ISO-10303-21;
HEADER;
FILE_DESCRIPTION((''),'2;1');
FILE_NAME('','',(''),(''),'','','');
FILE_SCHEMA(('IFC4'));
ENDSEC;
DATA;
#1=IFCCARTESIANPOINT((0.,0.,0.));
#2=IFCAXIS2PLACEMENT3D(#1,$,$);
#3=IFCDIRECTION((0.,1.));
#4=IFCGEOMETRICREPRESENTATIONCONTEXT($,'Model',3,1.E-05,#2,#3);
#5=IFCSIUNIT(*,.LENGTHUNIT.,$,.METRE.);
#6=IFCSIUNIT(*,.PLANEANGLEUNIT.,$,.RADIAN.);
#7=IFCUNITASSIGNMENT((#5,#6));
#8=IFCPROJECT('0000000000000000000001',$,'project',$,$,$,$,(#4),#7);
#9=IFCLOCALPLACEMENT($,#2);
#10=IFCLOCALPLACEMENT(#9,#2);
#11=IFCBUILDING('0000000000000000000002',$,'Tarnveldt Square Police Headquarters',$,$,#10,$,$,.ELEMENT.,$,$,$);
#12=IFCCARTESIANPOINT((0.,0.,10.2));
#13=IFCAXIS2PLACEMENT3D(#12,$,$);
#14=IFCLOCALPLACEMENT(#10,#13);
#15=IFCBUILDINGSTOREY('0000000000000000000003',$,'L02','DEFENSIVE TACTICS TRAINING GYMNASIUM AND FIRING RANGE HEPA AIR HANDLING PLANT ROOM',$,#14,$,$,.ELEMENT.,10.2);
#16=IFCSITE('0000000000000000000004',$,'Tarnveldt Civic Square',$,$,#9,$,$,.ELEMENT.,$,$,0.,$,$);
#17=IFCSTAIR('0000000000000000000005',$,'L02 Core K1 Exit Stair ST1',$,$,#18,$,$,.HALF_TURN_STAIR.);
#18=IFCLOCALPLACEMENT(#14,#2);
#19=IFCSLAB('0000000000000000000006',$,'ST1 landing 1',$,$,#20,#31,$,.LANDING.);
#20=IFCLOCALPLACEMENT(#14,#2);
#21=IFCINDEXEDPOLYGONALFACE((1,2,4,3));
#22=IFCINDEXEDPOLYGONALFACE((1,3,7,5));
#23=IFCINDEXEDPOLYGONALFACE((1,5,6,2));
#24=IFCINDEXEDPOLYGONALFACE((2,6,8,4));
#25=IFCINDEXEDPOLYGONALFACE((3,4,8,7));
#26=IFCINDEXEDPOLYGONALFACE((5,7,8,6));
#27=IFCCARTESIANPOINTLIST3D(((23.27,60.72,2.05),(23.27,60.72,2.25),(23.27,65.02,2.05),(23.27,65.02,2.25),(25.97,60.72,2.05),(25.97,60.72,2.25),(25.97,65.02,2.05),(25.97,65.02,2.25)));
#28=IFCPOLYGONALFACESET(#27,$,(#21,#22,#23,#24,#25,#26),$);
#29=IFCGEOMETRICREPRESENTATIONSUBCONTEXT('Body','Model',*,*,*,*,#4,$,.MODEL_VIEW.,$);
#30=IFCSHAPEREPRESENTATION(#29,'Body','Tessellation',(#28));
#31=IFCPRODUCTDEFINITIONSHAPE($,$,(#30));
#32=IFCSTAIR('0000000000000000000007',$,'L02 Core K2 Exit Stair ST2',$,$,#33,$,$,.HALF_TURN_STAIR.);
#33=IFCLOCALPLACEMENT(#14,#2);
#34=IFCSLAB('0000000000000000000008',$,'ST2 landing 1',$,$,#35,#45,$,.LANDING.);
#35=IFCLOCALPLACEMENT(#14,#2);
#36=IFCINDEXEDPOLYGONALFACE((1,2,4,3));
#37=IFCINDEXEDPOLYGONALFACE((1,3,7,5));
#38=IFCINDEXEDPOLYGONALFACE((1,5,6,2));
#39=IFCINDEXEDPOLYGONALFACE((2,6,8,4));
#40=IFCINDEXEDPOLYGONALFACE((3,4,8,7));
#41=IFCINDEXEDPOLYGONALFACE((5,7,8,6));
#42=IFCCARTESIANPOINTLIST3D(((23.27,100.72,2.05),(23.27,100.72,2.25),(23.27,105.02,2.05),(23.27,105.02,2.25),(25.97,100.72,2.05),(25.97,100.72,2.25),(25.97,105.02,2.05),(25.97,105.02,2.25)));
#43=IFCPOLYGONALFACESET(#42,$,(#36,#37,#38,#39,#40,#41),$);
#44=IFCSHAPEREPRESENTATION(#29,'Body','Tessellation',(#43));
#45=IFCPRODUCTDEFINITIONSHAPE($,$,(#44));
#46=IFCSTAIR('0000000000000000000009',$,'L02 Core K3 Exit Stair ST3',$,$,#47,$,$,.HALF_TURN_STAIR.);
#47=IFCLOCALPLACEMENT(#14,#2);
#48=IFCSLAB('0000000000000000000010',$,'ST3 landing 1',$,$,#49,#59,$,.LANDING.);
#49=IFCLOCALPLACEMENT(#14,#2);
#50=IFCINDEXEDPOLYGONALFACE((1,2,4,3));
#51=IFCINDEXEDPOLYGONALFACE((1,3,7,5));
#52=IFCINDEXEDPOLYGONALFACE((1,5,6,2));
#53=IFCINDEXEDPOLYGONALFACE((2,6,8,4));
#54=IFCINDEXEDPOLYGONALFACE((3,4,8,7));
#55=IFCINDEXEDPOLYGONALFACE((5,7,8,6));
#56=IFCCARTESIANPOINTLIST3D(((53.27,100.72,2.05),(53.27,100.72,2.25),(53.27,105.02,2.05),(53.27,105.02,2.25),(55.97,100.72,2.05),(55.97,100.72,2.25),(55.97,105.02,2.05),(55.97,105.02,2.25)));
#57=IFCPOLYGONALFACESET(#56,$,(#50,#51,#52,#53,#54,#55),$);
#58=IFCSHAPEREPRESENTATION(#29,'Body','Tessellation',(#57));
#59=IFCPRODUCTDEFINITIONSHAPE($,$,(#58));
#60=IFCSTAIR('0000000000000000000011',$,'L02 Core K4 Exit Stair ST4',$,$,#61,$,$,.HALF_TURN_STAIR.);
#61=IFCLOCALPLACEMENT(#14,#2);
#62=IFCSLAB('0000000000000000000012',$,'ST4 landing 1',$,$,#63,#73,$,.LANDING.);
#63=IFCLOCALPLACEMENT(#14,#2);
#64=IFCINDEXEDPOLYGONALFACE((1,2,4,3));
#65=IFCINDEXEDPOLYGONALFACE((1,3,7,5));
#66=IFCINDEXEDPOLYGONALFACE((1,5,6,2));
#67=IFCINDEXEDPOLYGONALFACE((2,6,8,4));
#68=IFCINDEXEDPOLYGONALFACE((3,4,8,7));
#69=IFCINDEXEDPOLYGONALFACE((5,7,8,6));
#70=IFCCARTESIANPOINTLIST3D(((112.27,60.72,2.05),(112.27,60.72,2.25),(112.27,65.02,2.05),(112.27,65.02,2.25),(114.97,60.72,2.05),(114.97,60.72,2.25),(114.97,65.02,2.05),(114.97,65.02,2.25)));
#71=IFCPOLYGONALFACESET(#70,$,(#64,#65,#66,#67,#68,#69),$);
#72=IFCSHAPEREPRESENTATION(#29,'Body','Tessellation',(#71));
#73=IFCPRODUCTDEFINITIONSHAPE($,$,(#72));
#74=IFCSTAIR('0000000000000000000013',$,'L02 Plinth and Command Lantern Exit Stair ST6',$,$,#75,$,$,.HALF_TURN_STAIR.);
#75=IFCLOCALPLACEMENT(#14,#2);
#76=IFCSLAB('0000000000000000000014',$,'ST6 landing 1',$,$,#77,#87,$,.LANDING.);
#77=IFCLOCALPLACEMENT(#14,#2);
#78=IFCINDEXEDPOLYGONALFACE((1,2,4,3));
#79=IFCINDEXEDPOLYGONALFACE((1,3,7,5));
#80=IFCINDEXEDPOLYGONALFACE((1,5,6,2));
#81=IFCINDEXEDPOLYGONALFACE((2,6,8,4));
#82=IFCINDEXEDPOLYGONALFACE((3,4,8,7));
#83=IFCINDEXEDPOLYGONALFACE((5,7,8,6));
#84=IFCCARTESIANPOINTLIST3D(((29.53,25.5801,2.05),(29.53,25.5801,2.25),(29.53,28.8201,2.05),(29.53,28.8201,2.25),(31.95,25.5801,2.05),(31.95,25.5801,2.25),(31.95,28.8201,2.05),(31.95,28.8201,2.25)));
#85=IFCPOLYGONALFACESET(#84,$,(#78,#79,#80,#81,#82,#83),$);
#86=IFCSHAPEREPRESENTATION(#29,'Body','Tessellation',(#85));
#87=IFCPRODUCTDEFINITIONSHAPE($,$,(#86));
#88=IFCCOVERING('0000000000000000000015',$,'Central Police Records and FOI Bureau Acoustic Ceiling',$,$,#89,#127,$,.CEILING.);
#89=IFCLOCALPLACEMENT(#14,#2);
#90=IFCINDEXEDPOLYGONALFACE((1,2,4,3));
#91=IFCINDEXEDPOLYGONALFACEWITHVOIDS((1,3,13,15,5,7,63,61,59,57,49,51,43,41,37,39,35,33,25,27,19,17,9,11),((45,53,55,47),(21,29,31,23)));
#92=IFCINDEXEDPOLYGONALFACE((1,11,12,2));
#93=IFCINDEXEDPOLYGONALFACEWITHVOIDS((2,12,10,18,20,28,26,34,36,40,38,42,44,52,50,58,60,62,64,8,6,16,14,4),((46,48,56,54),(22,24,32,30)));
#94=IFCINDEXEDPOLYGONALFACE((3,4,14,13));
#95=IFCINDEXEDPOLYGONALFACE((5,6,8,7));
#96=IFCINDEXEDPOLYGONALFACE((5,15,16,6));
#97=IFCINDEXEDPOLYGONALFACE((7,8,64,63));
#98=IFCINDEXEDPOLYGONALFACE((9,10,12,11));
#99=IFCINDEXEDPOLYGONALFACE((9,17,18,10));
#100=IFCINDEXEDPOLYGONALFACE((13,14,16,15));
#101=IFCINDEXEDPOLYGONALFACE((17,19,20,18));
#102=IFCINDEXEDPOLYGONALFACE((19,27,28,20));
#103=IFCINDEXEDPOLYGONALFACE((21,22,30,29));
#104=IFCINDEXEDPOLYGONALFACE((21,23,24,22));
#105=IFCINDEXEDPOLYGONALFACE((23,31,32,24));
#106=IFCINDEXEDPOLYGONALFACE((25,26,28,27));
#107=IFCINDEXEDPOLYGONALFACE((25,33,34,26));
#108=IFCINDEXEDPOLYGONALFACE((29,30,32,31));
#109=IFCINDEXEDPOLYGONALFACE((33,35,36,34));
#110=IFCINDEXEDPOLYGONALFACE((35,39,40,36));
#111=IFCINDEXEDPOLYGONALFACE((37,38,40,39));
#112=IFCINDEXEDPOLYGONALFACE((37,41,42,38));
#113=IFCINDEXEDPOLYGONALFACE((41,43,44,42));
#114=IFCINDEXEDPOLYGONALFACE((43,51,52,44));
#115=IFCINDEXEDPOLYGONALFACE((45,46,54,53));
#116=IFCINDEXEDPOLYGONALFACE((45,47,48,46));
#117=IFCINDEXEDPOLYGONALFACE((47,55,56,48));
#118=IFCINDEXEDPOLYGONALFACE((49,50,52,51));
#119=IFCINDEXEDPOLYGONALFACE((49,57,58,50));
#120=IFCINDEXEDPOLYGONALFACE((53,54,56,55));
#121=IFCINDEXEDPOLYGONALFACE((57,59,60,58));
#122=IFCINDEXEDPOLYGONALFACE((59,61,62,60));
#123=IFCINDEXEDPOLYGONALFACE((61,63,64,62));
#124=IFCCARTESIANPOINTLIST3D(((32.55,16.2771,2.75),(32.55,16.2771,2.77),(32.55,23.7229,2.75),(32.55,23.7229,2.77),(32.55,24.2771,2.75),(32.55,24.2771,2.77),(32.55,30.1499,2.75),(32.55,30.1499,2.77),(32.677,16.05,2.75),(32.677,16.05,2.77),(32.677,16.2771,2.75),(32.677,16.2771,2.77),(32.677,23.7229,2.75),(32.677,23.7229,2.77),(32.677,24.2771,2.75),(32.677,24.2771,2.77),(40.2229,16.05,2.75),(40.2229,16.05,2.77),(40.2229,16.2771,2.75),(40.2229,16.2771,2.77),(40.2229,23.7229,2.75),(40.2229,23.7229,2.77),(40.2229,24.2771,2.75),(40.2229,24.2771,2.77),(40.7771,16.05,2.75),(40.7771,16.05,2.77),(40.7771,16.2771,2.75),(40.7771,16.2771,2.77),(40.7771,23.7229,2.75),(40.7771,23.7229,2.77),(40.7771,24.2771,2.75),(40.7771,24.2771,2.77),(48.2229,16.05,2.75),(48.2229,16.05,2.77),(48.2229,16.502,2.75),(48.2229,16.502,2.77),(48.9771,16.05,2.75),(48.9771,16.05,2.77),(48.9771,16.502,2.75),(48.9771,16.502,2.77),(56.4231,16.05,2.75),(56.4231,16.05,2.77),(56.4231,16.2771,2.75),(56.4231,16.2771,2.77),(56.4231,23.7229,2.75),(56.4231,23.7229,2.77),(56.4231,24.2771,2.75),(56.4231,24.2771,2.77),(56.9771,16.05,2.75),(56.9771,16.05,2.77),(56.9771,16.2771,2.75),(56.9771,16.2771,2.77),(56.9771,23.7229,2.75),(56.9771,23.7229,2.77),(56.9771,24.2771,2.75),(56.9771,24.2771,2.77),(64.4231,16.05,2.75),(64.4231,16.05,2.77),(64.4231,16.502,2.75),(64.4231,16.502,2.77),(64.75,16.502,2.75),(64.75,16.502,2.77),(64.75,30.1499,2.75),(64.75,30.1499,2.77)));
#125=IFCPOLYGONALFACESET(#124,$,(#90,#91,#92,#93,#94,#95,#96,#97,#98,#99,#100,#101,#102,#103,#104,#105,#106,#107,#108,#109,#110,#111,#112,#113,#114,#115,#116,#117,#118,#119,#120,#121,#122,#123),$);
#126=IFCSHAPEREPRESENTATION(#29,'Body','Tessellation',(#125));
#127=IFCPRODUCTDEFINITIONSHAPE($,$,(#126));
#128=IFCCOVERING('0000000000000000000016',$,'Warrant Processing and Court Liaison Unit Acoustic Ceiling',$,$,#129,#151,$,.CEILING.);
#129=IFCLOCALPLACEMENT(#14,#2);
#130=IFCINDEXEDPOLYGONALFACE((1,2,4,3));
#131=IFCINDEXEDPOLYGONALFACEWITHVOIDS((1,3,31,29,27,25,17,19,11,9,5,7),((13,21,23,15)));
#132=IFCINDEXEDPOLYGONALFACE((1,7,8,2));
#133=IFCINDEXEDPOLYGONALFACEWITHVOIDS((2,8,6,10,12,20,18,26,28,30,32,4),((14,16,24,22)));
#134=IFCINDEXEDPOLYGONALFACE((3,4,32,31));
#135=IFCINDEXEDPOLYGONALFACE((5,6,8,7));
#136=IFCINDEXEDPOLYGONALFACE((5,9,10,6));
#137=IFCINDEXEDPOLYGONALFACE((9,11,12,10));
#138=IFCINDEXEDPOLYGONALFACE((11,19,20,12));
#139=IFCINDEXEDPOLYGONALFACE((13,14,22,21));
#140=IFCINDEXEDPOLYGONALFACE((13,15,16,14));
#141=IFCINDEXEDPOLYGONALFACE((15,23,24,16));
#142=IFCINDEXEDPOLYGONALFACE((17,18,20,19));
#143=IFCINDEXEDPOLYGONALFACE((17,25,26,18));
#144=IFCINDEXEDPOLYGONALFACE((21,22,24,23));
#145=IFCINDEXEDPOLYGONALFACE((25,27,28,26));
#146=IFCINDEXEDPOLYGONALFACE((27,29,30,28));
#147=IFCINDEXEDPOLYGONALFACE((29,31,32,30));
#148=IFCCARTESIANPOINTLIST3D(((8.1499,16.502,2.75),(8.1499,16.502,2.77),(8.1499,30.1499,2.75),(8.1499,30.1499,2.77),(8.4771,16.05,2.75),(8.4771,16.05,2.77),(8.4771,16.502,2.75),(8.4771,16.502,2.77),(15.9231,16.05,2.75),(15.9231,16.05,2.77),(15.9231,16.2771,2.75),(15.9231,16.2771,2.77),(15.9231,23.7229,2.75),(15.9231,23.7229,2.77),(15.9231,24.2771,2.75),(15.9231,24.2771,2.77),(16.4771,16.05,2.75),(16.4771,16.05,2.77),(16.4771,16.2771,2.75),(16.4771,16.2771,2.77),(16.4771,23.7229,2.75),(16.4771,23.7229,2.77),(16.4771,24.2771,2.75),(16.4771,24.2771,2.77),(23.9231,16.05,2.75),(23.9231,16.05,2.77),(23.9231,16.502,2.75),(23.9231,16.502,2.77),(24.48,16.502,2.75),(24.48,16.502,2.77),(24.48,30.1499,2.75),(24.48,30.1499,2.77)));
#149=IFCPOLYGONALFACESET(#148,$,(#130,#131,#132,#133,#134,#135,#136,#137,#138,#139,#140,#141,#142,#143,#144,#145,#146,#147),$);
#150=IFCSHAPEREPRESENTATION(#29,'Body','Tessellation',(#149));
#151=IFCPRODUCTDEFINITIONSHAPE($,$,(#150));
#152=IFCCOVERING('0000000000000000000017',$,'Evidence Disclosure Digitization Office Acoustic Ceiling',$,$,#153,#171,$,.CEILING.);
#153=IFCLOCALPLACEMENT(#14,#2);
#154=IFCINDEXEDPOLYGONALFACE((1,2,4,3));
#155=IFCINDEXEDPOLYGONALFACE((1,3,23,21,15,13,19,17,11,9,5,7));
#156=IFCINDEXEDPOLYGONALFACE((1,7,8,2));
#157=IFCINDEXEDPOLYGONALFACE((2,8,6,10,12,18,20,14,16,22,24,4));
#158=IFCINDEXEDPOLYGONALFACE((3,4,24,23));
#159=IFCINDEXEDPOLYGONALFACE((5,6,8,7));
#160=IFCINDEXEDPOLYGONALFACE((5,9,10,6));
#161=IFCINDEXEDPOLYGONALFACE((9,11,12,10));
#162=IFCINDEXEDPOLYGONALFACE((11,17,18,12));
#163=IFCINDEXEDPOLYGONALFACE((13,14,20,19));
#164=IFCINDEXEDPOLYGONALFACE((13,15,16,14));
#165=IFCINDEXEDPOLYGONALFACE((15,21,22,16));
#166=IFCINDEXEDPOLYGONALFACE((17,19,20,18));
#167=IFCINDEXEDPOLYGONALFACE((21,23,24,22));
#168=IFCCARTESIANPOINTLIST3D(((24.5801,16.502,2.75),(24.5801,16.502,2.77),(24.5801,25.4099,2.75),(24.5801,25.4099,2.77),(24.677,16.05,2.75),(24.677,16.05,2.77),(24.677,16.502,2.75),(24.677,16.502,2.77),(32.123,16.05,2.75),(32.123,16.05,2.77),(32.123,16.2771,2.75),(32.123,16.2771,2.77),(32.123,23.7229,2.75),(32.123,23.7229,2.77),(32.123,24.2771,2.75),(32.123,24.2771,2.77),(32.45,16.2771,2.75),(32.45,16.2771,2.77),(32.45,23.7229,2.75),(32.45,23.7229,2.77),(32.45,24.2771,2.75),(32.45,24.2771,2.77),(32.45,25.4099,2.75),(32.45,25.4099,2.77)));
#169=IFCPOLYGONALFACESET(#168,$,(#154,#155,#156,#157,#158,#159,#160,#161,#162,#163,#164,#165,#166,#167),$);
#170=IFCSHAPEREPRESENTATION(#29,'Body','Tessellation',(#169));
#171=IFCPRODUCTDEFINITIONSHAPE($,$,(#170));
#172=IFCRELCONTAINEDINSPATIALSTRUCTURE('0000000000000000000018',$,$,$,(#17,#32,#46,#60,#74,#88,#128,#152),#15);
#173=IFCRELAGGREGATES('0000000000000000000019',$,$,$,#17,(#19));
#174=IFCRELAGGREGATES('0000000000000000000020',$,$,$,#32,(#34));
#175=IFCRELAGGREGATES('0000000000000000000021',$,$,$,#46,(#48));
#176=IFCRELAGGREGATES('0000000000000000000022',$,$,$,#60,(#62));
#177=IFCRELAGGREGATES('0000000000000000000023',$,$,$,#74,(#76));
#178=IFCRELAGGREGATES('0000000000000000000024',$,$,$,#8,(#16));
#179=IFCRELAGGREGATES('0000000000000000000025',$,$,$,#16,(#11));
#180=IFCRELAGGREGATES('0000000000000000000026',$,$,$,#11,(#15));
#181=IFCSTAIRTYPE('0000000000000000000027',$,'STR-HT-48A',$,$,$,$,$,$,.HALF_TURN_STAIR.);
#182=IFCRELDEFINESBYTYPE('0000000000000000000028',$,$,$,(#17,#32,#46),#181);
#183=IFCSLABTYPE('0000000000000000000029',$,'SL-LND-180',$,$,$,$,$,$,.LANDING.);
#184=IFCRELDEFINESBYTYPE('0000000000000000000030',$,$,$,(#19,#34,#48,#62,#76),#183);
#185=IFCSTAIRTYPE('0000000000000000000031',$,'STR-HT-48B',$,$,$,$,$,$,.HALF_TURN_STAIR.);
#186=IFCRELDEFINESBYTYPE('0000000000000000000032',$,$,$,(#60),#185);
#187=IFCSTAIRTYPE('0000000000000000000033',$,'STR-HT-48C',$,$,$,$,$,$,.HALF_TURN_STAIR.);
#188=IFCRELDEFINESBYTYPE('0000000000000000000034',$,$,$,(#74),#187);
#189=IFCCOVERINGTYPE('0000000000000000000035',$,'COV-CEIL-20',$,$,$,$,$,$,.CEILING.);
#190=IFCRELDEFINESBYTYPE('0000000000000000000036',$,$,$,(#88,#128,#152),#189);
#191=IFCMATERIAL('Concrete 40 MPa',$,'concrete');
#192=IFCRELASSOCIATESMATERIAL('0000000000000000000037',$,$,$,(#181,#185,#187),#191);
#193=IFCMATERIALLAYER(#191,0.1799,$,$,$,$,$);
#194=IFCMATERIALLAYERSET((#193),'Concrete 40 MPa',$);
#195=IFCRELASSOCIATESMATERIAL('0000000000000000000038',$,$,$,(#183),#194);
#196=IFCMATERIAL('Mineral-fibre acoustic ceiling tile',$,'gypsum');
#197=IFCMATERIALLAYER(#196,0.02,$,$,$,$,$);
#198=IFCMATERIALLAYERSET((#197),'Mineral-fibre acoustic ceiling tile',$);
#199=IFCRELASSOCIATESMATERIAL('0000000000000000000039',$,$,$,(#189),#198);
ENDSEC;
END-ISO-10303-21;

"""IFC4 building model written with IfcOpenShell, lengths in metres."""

from ifc_helpers import new_model, si_unit, direction, frame, origin, place, context, subcontext, project, spatial, polyline, outline, extrude, material, layer, layer_set, type_object, element, aggregate, save


model = new_model("IFC4")

# Units and contexts
model_context = context("Model", 3, precision=1e-05, world=origin(), true_north=direction((0.0, 1.0)))
body_context = subcontext(model_context, "Body", "Model", "MODEL_VIEW")
ifc_project = project(units=[si_unit("LENGTHUNIT", "METRE"), si_unit("PLANEANGLEUNIT", "RADIAN")], contexts=[model_context])

# Site, building, storey
site_placement = place(None, origin())
site = spatial("IfcSite", under=ifc_project, at=site_placement, Name="Tarnveldt Civic Square", CompositionType="ELEMENT", RefElevation=0.0)
building_placement = place(site_placement, origin())
building = spatial("IfcBuilding", under=site, at=building_placement, Name="Tarnveldt Square Police Headquarters", CompositionType="ELEMENT")
storey_placement = place(building_placement, frame((0.0, 0.0, 10.2)))
storey = spatial("IfcBuildingStorey", under=building, at=storey_placement, Name="L02", Description="DEFENSIVE TACTICS TRAINING GYMNASIUM AND FIRING RANGE HEPA AIR HANDLING PLANT ROOM", CompositionType="ELEMENT", Elevation=10.2)

# Stairs, slabs
ifc_material_1 = material(Name="Concrete 40 MPa", Category="concrete")
stair_type_1 = type_object("IfcStairType", Name="STR-HT-48A", PredefinedType="HALF_TURN_STAIR", material=ifc_material_1)
stair_1_placement = place(storey_placement, origin())
stair_1 = element("IfcStair", 1, at=stair_1_placement, inside=storey, type_object=stair_type_1, Name="L02 Core K1 Exit Stair ST1", PredefinedType="HALF_TURN_STAIR")
ifc_layer_1 = layer(ifc_material_1, 0.1799)
ifc_layer_set_1 = layer_set([ifc_layer_1], Name="Concrete 40 MPa")
slab_type = type_object("IfcSlabType", Name="SL-LND-180", PredefinedType="LANDING", material=ifc_layer_set_1)
slab_1_placement = place(storey_placement, frame((0.0, 0.0, 2.05)))
slab_1 = element("IfcSlab", 2, at=slab_1_placement, type_object=slab_type, Name="ST1 landing 1", PredefinedType="LANDING", context=body_context, shape_type="SweptSolid", body=[
    extrude(outline(polyline([(23.27, 60.72), (25.97, 60.72), (25.97, 65.02), (23.27, 65.02), (23.27, 60.72)])), origin(), (0.0, 0.0, 1.0), 0.2),
])
aggregate(stair_1, [slab_1])
stair_2_placement = place(storey_placement, origin())
stair_2 = element("IfcStair", 3, at=stair_2_placement, inside=storey, type_object=stair_type_1, Name="L02 Core K2 Exit Stair ST2", PredefinedType="HALF_TURN_STAIR")
slab_2_placement = place(storey_placement, frame((0.0, 0.0, 2.05)))
slab_2 = element("IfcSlab", 4, at=slab_2_placement, type_object=slab_type, Name="ST2 landing 1", PredefinedType="LANDING", context=body_context, shape_type="SweptSolid", body=[
    extrude(outline(polyline([(23.27, 100.72), (25.97, 100.72), (25.97, 105.02), (23.27, 105.02), (23.27, 100.72)])), origin(), (0.0, 0.0, 1.0), 0.2),
])
aggregate(stair_2, [slab_2])
stair_3_placement = place(storey_placement, origin())
stair_3 = element("IfcStair", 5, at=stair_3_placement, inside=storey, type_object=stair_type_1, Name="L02 Core K3 Exit Stair ST3", PredefinedType="HALF_TURN_STAIR")
slab_3_placement = place(storey_placement, frame((0.0, 0.0, 2.05)))
slab_3 = element("IfcSlab", 6, at=slab_3_placement, type_object=slab_type, Name="ST3 landing 1", PredefinedType="LANDING", context=body_context, shape_type="SweptSolid", body=[
    extrude(outline(polyline([(53.27, 100.72), (55.97, 100.72), (55.97, 105.02), (53.27, 105.02), (53.27, 100.72)])), origin(), (0.0, 0.0, 1.0), 0.2),
])
aggregate(stair_3, [slab_3])
stair_type_2 = type_object("IfcStairType", Name="STR-HT-48B", PredefinedType="HALF_TURN_STAIR", material=ifc_material_1)
stair_4_placement = place(storey_placement, origin())
stair_4 = element("IfcStair", 7, at=stair_4_placement, inside=storey, type_object=stair_type_2, Name="L02 Core K4 Exit Stair ST4", PredefinedType="HALF_TURN_STAIR")
slab_4_placement = place(storey_placement, frame((0.0, 0.0, 2.05)))
slab_4 = element("IfcSlab", 8, at=slab_4_placement, type_object=slab_type, Name="ST4 landing 1", PredefinedType="LANDING", context=body_context, shape_type="SweptSolid", body=[
    extrude(outline(polyline([(112.27, 60.72), (114.97, 60.72), (114.97, 65.02), (112.27, 65.02), (112.27, 60.72)])), origin(), (0.0, 0.0, 1.0), 0.2),
])
aggregate(stair_4, [slab_4])
stair_type_3 = type_object("IfcStairType", Name="STR-HT-48C", PredefinedType="HALF_TURN_STAIR", material=ifc_material_1)
stair_5_placement = place(storey_placement, origin())
stair_5 = element("IfcStair", 9, at=stair_5_placement, inside=storey, type_object=stair_type_3, Name="L02 Plinth and Command Lantern Exit Stair ST6", PredefinedType="HALF_TURN_STAIR")
slab_5_placement = place(storey_placement, frame((0.0, 0.0, 2.05)))
slab_5 = element("IfcSlab", 10, at=slab_5_placement, type_object=slab_type, Name="ST6 landing 1", PredefinedType="LANDING", context=body_context, shape_type="SweptSolid", body=[
    extrude(outline(polyline([(29.53, 25.5801), (31.95, 25.5801), (31.95, 28.8201), (29.53, 28.8201), (29.53, 25.5801)])), origin(), (0.0, 0.0, 1.0), 0.2),
])
aggregate(stair_5, [slab_5])

# Coverings
ifc_material_2 = material(Name="Mineral-fibre acoustic ceiling tile", Category="gypsum")
ifc_layer_2 = layer(ifc_material_2, 0.02)
ifc_layer_set_2 = layer_set([ifc_layer_2], Name="Mineral-fibre acoustic ceiling tile")
covering_type_1 = type_object("IfcCoveringType", Name="COV-CEIL-20", PredefinedType="CEILING", material=ifc_layer_set_2)
covering_1_placement = place(storey_placement, frame((0.0, 0.0, 2.75)))
element("IfcCovering", 11, at=covering_1_placement, inside=storey, type_object=covering_type_1, Name="Central Police Records and FOI Bureau Acoustic Ceiling", PredefinedType="CEILING", context=body_context, shape_type="SweptSolid", body=[
    extrude(outline(polyline([(32.55, 30.1499), (64.75, 30.1499), (64.75, 16.502), (64.4231, 16.502), (64.4231, 16.05), (56.9771, 16.05), (56.9771, 16.2771), (56.4231, 16.2771), (56.4231, 16.05), (48.9771, 16.05), (48.9771, 16.502), (48.2229, 16.502), (48.2229, 16.05), (40.7771, 16.05), (40.7771, 16.2771), (40.2229, 16.2771), (40.2229, 16.05), (32.677, 16.05), (32.677, 16.2771), (32.55, 16.2771), (32.55, 23.7229), (32.677, 23.7229), (32.677, 24.2771), (32.55, 24.2771), (32.55, 30.1499)]), holes=[polyline([(56.4231, 24.2771), (56.4231, 23.7229), (56.9771, 23.7229), (56.9771, 24.2771), (56.4231, 24.2771)]), polyline([(40.2229, 24.2771), (40.2229, 23.7229), (40.7771, 23.7229), (40.7771, 24.2771), (40.2229, 24.2771)])]), origin(), (0.0, 0.0, 1.0), 0.02),
])
covering_2_placement = place(storey_placement, frame((0.0, 0.0, 2.75)))
element("IfcCovering", 12, at=covering_2_placement, inside=storey, type_object=covering_type_1, Name="Warrant Processing and Court Liaison Unit Acoustic Ceiling", PredefinedType="CEILING", context=body_context, shape_type="SweptSolid", body=[
    extrude(outline(polyline([(8.1499, 30.1499), (24.48, 30.1499), (24.48, 16.502), (23.9231, 16.502), (23.9231, 16.05), (16.4771, 16.05), (16.4771, 16.2771), (15.9231, 16.2771), (15.9231, 16.05), (8.4771, 16.05), (8.4771, 16.502), (8.1499, 16.502), (8.1499, 30.1499)]), holes=[polyline([(15.9231, 24.2771), (15.9231, 23.7229), (16.4771, 23.7229), (16.4771, 24.2771), (15.9231, 24.2771)])]), origin(), (0.0, 0.0, 1.0), 0.02),
])
covering_3_placement = place(storey_placement, frame((0.0, 0.0, 2.75)))
element("IfcCovering", 13, at=covering_3_placement, inside=storey, type_object=covering_type_1, Name="Evidence Disclosure Digitization Office Acoustic Ceiling", PredefinedType="CEILING", context=body_context, shape_type="SweptSolid", body=[
    extrude(outline(polyline([(32.45, 16.2771), (32.123, 16.2771), (32.123, 16.05), (24.677, 16.05), (24.677, 16.502), (24.5801, 16.502), (24.5801, 25.4099), (32.45, 25.4099), (32.45, 24.2771), (32.123, 24.2771), (32.123, 23.7229), (32.45, 23.7229), (32.45, 16.2771)])), origin(), (0.0, 0.0, 1.0), 0.02),
])

save(model, "model.ifc")
